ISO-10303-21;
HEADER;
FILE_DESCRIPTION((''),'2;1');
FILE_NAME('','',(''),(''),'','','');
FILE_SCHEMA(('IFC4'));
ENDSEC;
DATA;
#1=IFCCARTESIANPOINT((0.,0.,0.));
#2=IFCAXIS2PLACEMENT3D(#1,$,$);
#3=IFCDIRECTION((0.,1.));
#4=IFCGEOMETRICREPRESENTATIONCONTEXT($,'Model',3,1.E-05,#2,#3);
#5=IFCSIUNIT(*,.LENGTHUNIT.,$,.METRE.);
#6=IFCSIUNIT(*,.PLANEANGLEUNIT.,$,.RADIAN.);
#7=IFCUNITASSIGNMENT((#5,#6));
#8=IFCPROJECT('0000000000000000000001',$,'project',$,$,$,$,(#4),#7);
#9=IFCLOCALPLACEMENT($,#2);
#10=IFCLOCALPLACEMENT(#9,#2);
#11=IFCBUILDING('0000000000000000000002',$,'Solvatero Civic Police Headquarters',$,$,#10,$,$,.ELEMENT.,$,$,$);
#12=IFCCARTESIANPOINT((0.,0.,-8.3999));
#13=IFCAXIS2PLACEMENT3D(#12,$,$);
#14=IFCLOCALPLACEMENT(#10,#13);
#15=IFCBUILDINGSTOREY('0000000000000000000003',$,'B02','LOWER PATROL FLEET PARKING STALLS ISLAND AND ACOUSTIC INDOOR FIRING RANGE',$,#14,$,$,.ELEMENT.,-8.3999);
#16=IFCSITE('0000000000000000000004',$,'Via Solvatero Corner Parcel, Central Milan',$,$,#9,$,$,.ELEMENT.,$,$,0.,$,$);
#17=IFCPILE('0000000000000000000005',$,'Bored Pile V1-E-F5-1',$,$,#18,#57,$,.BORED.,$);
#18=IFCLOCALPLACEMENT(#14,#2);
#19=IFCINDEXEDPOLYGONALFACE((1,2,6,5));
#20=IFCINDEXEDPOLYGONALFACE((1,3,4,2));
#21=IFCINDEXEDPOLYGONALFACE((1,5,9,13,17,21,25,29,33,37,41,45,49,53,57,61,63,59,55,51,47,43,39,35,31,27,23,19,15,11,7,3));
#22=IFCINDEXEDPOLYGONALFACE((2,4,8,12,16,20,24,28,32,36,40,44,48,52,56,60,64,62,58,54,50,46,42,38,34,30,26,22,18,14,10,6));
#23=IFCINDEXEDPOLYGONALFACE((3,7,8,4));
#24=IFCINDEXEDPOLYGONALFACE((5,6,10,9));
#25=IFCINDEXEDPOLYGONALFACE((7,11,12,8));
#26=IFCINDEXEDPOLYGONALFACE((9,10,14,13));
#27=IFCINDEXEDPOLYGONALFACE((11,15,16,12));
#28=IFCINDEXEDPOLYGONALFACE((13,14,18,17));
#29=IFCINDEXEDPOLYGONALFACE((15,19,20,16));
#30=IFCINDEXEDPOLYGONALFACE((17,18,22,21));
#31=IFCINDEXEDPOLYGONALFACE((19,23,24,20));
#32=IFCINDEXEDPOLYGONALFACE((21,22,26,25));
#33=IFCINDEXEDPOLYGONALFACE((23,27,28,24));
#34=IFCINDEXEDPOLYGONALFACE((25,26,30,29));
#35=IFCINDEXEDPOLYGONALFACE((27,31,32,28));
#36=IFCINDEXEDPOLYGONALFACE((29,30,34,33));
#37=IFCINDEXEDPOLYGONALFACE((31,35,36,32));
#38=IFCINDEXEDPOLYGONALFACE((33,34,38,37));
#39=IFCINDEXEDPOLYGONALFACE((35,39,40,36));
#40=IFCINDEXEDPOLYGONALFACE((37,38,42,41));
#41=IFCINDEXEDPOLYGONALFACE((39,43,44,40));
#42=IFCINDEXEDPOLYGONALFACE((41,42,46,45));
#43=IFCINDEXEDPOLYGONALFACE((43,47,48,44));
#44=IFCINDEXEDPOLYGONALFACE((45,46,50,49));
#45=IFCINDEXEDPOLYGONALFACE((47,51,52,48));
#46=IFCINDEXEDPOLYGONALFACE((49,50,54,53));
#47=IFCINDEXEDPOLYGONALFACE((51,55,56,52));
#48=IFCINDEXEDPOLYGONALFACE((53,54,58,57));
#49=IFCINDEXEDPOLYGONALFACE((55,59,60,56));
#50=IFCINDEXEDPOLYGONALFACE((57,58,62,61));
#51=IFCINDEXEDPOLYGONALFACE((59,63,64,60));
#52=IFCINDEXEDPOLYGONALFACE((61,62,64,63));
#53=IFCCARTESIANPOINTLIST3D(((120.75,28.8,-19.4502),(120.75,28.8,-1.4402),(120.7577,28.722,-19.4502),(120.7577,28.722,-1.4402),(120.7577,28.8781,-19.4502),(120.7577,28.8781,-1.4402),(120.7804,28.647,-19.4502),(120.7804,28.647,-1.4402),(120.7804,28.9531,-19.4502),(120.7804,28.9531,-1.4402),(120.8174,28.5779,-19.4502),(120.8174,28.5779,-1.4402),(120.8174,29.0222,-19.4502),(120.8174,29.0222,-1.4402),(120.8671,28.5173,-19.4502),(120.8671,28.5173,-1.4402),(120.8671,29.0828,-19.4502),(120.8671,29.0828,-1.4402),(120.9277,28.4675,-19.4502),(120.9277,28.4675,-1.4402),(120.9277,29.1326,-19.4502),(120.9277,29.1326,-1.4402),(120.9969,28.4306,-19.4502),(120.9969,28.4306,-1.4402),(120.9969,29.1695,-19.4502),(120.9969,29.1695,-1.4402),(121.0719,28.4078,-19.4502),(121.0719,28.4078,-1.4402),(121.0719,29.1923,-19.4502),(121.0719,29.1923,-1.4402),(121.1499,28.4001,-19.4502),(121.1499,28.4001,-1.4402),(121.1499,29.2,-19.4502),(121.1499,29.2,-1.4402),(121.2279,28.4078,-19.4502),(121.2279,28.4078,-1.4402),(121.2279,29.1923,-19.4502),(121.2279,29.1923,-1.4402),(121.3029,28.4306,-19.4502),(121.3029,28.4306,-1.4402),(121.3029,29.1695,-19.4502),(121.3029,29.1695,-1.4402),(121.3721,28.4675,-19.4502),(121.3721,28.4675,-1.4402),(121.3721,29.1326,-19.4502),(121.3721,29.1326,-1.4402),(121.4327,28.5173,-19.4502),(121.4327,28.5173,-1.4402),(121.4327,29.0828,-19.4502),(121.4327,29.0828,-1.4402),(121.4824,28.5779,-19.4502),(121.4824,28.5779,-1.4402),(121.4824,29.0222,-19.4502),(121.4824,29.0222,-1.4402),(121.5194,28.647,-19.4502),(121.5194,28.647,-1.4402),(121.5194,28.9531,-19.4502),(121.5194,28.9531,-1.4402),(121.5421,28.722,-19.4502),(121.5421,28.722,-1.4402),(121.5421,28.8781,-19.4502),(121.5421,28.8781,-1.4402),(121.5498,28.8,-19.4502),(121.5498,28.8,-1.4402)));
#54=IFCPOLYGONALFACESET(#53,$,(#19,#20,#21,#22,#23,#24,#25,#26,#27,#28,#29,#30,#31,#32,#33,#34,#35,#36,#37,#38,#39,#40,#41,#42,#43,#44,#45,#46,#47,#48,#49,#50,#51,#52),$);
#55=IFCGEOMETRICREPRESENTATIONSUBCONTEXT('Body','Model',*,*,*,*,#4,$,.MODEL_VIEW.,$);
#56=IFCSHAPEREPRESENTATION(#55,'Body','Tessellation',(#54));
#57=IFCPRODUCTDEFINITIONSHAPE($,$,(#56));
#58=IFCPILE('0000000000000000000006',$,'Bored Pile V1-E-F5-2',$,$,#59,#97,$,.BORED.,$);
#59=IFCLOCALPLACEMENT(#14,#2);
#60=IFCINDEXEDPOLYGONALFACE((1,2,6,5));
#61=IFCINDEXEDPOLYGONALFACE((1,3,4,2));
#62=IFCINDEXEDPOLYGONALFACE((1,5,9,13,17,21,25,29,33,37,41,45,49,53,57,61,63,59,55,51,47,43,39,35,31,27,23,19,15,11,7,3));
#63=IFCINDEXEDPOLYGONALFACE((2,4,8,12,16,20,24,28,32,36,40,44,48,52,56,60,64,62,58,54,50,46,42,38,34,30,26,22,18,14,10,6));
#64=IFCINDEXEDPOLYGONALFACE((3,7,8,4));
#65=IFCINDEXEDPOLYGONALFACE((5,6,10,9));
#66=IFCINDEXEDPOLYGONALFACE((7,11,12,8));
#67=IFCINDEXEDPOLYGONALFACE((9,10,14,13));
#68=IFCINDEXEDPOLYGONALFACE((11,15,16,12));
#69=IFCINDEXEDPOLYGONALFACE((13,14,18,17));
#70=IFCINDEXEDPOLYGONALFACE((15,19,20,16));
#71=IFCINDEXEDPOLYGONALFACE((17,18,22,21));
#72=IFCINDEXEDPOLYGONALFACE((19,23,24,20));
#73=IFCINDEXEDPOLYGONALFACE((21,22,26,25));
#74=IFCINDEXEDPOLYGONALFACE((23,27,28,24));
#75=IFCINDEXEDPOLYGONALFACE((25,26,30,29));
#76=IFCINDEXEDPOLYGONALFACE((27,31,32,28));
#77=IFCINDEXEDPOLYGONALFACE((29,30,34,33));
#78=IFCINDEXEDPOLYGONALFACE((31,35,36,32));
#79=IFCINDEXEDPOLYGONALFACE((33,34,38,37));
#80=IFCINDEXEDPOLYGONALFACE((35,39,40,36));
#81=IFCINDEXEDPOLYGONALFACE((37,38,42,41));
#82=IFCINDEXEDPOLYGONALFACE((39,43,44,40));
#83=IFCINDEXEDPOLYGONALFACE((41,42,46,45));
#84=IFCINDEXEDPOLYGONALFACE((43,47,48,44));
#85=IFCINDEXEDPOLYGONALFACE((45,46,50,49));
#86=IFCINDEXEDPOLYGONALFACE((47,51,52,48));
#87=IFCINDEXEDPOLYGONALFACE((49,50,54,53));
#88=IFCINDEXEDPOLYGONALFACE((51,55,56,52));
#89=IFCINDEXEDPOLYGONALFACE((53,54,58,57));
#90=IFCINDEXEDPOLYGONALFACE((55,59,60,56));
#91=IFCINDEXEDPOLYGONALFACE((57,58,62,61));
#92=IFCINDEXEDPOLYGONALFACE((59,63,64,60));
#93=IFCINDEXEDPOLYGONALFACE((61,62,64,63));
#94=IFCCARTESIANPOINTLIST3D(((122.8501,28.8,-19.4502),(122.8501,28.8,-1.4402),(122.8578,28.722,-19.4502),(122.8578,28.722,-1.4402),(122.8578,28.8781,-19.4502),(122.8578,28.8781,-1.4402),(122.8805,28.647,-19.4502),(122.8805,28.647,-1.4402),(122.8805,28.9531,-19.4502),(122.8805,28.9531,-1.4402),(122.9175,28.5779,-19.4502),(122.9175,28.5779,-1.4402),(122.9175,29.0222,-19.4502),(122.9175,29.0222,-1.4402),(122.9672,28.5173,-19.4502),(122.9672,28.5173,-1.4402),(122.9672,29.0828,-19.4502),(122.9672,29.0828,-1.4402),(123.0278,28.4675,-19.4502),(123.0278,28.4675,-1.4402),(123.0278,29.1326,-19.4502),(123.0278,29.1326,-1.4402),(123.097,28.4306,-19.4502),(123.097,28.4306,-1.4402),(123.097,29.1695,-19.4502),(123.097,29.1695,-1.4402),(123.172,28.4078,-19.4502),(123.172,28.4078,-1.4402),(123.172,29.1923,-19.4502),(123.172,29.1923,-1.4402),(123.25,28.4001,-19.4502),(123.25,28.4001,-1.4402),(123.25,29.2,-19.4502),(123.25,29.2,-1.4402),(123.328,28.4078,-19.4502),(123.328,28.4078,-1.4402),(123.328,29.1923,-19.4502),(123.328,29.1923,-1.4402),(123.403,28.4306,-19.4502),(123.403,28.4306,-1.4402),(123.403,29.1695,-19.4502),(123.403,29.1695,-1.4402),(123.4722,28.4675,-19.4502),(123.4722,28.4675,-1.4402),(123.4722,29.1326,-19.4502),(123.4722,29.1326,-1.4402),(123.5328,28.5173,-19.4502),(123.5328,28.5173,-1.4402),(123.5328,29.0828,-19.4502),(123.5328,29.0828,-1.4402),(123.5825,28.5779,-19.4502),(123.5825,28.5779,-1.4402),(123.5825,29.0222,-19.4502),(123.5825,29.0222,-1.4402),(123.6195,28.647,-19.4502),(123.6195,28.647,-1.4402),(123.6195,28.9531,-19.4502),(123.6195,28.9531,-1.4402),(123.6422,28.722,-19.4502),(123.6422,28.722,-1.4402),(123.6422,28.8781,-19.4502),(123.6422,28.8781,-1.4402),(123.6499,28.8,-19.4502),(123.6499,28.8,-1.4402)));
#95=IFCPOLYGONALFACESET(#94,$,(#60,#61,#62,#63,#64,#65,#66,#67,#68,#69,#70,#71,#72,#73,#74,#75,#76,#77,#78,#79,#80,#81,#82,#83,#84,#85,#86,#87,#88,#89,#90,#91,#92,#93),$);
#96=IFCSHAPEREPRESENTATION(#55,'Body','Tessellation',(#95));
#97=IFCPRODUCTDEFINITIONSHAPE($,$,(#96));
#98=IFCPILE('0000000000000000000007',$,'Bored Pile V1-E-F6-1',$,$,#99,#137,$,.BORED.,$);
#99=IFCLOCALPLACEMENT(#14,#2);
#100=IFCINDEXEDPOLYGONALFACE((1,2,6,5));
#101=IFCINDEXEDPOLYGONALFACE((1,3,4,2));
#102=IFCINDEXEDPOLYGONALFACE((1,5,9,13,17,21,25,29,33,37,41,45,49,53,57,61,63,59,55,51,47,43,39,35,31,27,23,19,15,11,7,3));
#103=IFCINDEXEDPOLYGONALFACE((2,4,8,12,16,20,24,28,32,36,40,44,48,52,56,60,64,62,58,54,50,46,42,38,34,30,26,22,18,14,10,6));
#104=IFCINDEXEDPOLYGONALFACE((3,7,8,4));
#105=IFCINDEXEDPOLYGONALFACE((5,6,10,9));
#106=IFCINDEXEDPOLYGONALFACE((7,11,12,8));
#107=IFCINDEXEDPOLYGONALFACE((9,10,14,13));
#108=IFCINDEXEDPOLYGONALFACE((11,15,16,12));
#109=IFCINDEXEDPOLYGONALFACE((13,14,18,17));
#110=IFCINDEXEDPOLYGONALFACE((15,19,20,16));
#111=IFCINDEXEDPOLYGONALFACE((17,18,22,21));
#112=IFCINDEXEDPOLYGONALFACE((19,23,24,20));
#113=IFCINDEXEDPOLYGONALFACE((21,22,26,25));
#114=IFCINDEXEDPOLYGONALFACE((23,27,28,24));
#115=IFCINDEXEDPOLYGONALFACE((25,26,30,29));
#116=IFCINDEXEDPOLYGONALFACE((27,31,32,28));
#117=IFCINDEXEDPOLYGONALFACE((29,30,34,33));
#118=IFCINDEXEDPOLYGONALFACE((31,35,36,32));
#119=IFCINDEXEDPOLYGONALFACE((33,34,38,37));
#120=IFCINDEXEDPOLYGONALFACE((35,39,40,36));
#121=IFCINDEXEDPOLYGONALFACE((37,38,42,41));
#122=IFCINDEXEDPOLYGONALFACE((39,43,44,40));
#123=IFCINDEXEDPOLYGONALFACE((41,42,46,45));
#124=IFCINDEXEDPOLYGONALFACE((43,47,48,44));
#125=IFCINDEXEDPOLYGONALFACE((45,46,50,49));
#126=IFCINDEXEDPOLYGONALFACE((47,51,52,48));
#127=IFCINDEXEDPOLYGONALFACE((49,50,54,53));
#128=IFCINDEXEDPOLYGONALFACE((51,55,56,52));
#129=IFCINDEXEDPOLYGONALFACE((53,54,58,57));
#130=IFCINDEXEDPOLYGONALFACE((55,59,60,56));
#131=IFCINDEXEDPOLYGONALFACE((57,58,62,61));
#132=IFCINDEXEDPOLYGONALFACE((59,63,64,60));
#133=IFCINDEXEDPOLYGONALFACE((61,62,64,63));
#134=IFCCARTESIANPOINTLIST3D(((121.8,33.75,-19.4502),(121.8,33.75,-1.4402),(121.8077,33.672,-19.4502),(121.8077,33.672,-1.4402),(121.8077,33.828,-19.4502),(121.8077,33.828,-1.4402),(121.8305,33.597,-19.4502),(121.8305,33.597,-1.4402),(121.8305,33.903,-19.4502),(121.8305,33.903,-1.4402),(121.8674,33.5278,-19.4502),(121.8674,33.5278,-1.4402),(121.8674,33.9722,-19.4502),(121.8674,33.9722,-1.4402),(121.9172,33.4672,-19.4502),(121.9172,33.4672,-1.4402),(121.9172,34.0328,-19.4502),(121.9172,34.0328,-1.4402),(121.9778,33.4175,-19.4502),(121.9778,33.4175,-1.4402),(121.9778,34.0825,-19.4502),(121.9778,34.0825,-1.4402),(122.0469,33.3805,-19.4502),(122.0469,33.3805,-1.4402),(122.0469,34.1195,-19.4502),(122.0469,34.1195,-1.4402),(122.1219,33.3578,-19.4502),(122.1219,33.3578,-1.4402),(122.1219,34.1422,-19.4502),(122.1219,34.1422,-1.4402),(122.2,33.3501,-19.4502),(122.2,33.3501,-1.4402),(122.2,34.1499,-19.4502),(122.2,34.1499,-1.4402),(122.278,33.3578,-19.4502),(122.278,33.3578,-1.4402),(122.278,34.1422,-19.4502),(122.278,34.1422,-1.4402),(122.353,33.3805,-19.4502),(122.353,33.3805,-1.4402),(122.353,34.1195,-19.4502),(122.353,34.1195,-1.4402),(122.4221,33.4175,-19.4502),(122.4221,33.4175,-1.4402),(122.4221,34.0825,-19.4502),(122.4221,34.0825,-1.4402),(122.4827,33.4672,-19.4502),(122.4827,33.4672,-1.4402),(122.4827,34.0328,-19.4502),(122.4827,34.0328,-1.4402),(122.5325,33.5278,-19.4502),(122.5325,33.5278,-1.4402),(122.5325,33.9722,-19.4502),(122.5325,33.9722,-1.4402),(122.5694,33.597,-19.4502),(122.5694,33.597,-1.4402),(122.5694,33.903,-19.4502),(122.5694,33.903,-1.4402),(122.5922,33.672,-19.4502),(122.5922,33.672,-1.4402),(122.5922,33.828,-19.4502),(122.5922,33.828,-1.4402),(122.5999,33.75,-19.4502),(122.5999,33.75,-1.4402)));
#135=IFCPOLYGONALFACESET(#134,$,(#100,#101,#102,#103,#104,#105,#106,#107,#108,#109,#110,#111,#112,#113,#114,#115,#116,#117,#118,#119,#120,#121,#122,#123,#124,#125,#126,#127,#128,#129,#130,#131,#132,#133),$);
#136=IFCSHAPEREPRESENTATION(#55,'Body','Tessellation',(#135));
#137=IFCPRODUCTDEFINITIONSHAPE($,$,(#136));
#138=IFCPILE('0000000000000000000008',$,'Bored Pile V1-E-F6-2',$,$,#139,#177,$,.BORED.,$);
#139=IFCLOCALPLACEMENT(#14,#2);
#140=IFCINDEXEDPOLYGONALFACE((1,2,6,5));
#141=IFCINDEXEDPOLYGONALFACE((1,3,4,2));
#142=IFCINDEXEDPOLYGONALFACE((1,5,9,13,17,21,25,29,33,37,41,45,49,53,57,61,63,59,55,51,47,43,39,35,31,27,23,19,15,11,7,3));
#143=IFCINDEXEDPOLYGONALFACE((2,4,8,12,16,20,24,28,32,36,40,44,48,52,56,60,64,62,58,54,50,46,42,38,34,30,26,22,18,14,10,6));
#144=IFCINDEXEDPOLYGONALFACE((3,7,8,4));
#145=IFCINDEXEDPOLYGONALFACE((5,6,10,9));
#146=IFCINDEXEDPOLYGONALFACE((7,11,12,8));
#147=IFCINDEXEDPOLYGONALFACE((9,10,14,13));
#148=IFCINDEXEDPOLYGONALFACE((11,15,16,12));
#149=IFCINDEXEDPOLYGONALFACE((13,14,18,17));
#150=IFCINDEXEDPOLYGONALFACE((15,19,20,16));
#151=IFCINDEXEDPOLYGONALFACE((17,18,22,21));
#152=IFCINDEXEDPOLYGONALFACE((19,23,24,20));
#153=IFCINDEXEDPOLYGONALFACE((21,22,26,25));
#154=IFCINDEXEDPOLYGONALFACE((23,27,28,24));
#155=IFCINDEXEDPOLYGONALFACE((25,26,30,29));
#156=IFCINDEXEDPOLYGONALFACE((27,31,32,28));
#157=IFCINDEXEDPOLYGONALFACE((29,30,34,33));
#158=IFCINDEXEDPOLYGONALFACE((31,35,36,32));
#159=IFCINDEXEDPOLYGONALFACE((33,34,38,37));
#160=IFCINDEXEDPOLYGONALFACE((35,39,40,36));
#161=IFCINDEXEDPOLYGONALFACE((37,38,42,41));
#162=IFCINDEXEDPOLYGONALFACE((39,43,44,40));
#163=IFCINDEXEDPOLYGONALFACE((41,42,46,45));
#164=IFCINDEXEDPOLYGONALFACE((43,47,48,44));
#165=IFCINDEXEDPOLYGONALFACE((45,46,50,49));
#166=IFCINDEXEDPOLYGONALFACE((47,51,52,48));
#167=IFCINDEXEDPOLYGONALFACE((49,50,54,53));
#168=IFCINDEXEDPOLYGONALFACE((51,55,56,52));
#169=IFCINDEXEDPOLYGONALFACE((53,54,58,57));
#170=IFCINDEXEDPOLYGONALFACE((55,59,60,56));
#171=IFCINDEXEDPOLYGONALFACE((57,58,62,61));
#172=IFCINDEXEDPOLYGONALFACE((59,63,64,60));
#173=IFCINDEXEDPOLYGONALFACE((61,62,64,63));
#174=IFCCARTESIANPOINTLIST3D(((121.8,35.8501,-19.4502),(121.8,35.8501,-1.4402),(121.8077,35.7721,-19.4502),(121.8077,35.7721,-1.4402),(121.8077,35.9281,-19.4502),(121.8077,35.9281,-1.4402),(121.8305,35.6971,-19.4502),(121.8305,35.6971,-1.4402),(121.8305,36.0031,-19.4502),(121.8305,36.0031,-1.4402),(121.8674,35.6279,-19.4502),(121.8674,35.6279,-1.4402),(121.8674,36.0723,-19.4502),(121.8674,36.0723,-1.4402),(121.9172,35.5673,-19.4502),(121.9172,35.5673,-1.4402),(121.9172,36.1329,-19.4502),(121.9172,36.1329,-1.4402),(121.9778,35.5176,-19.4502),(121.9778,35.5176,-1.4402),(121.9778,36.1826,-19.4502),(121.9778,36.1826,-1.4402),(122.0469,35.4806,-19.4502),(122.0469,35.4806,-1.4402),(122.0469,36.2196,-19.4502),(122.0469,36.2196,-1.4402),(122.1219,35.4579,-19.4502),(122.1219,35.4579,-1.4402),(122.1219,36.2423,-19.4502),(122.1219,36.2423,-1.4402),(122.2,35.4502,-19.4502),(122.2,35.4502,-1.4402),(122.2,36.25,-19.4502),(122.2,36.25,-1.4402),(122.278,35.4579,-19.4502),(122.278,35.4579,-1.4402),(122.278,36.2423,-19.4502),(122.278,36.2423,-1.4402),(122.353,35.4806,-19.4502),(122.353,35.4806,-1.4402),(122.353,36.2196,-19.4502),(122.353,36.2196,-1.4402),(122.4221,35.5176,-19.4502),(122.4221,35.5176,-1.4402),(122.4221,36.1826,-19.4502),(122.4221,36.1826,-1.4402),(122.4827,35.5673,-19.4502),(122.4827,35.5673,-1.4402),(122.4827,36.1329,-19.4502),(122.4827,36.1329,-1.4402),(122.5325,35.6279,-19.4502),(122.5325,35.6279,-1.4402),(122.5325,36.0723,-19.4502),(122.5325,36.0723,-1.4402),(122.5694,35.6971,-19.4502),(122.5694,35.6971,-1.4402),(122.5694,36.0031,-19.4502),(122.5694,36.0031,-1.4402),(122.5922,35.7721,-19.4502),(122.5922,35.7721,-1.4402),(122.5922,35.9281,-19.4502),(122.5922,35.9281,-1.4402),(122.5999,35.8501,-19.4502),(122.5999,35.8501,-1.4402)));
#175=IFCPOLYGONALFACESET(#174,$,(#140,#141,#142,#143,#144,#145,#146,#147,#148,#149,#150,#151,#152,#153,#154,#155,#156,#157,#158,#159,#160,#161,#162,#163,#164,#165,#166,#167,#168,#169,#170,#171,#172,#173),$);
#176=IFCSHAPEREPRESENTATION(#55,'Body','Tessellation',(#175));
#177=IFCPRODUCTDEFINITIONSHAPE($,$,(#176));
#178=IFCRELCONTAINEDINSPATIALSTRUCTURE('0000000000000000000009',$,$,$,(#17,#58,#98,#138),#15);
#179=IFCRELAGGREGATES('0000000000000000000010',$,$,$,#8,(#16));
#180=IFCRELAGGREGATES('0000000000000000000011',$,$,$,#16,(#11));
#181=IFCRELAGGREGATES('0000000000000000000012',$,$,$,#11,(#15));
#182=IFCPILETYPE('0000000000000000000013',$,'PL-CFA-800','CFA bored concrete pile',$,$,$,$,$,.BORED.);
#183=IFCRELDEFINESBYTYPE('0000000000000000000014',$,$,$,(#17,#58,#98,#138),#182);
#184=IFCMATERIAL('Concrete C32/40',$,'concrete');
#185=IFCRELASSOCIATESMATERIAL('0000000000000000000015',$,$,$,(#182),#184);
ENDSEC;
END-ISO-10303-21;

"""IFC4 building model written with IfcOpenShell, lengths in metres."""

from ifc_helpers import new_model, si_unit, direction, frame, origin, origin_2d, place, context, subcontext, project, spatial, circle, extrude, material, material_profile, profile_set, type_object, element, save


model = new_model("IFC4")

# Units and contexts
model_context = context("Model", 3, precision=1e-05, world=origin(), true_north=direction((0.0, 1.0)))
body_context = subcontext(model_context, "Body", "Model", "MODEL_VIEW")
ifc_project = project(units=[si_unit("LENGTHUNIT", "METRE"), si_unit("PLANEANGLEUNIT", "RADIAN")], contexts=[model_context])

# Site, building, storey
site_placement = place(None, origin())
site = spatial("IfcSite", under=ifc_project, at=site_placement, Name="Via Solvatero Corner Parcel, Central Milan", CompositionType="ELEMENT", RefElevation=0.0)
building_placement = place(site_placement, origin())
building = spatial("IfcBuilding", under=site, at=building_placement, Name="Solvatero Civic Police Headquarters", CompositionType="ELEMENT")
storey_placement = place(building_placement, frame((0.0, 0.0, -8.3999)))
storey = spatial("IfcBuildingStorey", under=building, at=storey_placement, Name="B02", Description="LOWER PATROL FLEET PARKING STALLS ISLAND AND ACOUSTIC INDOOR FIRING RANGE", CompositionType="ELEMENT", Elevation=-8.3999)

# Piles
ifc_material_1 = material(Name="Concrete C32/40", Category="concrete")
ifc_material_profile_1 = material_profile(ifc_material_1, circle(Radius=0.3999, at=origin_2d()), Name="CFA PILE D800")
ifc_profile_set_1 = profile_set([ifc_material_profile_1], Name="Concrete C32/40")
pile_type_1 = type_object("IfcPileType", Name="PL-CFA-800", Description="CFA bored concrete pile", PredefinedType="BORED", material=ifc_profile_set_1)
for number, where, z_axis, x_axis, name in (
    (1, (121.1499, 28.8, -1.4402), (0.0, 0.0, -1.0), (1.0, 0.0, 0.0), "Bored Pile V1-E-F5-1"),
    (2, (123.25, 28.8, -1.4402), (0.0, 0.0, -1.0), (1.0, 0.0, 0.0), "Bored Pile V1-E-F5-2"),
    (3, (122.2, 33.75, -1.4402), (0.0, 0.0, -1.0), (1.0, 0.0, 0.0), "Bored Pile V1-E-F6-1"),
    (4, (122.2, 35.8501, -1.4402), (0.0, 0.0, -1.0), (1.0, 0.0, 0.0), "Bored Pile V1-E-F6-2"),
):
    element("IfcPile", number, at=place(storey_placement, frame(where, z_axis=z_axis, x_axis=x_axis)), inside=storey, type_object=pile_type_1, Name=name, PredefinedType="BORED", context=body_context, shape_type="SweptSolid", body=[
        extrude(circle(Radius=0.3999, at=origin_2d()), origin(), (0.0, 0.0, 1.0), 18.01),
    ])

save(model, "model.ifc")
